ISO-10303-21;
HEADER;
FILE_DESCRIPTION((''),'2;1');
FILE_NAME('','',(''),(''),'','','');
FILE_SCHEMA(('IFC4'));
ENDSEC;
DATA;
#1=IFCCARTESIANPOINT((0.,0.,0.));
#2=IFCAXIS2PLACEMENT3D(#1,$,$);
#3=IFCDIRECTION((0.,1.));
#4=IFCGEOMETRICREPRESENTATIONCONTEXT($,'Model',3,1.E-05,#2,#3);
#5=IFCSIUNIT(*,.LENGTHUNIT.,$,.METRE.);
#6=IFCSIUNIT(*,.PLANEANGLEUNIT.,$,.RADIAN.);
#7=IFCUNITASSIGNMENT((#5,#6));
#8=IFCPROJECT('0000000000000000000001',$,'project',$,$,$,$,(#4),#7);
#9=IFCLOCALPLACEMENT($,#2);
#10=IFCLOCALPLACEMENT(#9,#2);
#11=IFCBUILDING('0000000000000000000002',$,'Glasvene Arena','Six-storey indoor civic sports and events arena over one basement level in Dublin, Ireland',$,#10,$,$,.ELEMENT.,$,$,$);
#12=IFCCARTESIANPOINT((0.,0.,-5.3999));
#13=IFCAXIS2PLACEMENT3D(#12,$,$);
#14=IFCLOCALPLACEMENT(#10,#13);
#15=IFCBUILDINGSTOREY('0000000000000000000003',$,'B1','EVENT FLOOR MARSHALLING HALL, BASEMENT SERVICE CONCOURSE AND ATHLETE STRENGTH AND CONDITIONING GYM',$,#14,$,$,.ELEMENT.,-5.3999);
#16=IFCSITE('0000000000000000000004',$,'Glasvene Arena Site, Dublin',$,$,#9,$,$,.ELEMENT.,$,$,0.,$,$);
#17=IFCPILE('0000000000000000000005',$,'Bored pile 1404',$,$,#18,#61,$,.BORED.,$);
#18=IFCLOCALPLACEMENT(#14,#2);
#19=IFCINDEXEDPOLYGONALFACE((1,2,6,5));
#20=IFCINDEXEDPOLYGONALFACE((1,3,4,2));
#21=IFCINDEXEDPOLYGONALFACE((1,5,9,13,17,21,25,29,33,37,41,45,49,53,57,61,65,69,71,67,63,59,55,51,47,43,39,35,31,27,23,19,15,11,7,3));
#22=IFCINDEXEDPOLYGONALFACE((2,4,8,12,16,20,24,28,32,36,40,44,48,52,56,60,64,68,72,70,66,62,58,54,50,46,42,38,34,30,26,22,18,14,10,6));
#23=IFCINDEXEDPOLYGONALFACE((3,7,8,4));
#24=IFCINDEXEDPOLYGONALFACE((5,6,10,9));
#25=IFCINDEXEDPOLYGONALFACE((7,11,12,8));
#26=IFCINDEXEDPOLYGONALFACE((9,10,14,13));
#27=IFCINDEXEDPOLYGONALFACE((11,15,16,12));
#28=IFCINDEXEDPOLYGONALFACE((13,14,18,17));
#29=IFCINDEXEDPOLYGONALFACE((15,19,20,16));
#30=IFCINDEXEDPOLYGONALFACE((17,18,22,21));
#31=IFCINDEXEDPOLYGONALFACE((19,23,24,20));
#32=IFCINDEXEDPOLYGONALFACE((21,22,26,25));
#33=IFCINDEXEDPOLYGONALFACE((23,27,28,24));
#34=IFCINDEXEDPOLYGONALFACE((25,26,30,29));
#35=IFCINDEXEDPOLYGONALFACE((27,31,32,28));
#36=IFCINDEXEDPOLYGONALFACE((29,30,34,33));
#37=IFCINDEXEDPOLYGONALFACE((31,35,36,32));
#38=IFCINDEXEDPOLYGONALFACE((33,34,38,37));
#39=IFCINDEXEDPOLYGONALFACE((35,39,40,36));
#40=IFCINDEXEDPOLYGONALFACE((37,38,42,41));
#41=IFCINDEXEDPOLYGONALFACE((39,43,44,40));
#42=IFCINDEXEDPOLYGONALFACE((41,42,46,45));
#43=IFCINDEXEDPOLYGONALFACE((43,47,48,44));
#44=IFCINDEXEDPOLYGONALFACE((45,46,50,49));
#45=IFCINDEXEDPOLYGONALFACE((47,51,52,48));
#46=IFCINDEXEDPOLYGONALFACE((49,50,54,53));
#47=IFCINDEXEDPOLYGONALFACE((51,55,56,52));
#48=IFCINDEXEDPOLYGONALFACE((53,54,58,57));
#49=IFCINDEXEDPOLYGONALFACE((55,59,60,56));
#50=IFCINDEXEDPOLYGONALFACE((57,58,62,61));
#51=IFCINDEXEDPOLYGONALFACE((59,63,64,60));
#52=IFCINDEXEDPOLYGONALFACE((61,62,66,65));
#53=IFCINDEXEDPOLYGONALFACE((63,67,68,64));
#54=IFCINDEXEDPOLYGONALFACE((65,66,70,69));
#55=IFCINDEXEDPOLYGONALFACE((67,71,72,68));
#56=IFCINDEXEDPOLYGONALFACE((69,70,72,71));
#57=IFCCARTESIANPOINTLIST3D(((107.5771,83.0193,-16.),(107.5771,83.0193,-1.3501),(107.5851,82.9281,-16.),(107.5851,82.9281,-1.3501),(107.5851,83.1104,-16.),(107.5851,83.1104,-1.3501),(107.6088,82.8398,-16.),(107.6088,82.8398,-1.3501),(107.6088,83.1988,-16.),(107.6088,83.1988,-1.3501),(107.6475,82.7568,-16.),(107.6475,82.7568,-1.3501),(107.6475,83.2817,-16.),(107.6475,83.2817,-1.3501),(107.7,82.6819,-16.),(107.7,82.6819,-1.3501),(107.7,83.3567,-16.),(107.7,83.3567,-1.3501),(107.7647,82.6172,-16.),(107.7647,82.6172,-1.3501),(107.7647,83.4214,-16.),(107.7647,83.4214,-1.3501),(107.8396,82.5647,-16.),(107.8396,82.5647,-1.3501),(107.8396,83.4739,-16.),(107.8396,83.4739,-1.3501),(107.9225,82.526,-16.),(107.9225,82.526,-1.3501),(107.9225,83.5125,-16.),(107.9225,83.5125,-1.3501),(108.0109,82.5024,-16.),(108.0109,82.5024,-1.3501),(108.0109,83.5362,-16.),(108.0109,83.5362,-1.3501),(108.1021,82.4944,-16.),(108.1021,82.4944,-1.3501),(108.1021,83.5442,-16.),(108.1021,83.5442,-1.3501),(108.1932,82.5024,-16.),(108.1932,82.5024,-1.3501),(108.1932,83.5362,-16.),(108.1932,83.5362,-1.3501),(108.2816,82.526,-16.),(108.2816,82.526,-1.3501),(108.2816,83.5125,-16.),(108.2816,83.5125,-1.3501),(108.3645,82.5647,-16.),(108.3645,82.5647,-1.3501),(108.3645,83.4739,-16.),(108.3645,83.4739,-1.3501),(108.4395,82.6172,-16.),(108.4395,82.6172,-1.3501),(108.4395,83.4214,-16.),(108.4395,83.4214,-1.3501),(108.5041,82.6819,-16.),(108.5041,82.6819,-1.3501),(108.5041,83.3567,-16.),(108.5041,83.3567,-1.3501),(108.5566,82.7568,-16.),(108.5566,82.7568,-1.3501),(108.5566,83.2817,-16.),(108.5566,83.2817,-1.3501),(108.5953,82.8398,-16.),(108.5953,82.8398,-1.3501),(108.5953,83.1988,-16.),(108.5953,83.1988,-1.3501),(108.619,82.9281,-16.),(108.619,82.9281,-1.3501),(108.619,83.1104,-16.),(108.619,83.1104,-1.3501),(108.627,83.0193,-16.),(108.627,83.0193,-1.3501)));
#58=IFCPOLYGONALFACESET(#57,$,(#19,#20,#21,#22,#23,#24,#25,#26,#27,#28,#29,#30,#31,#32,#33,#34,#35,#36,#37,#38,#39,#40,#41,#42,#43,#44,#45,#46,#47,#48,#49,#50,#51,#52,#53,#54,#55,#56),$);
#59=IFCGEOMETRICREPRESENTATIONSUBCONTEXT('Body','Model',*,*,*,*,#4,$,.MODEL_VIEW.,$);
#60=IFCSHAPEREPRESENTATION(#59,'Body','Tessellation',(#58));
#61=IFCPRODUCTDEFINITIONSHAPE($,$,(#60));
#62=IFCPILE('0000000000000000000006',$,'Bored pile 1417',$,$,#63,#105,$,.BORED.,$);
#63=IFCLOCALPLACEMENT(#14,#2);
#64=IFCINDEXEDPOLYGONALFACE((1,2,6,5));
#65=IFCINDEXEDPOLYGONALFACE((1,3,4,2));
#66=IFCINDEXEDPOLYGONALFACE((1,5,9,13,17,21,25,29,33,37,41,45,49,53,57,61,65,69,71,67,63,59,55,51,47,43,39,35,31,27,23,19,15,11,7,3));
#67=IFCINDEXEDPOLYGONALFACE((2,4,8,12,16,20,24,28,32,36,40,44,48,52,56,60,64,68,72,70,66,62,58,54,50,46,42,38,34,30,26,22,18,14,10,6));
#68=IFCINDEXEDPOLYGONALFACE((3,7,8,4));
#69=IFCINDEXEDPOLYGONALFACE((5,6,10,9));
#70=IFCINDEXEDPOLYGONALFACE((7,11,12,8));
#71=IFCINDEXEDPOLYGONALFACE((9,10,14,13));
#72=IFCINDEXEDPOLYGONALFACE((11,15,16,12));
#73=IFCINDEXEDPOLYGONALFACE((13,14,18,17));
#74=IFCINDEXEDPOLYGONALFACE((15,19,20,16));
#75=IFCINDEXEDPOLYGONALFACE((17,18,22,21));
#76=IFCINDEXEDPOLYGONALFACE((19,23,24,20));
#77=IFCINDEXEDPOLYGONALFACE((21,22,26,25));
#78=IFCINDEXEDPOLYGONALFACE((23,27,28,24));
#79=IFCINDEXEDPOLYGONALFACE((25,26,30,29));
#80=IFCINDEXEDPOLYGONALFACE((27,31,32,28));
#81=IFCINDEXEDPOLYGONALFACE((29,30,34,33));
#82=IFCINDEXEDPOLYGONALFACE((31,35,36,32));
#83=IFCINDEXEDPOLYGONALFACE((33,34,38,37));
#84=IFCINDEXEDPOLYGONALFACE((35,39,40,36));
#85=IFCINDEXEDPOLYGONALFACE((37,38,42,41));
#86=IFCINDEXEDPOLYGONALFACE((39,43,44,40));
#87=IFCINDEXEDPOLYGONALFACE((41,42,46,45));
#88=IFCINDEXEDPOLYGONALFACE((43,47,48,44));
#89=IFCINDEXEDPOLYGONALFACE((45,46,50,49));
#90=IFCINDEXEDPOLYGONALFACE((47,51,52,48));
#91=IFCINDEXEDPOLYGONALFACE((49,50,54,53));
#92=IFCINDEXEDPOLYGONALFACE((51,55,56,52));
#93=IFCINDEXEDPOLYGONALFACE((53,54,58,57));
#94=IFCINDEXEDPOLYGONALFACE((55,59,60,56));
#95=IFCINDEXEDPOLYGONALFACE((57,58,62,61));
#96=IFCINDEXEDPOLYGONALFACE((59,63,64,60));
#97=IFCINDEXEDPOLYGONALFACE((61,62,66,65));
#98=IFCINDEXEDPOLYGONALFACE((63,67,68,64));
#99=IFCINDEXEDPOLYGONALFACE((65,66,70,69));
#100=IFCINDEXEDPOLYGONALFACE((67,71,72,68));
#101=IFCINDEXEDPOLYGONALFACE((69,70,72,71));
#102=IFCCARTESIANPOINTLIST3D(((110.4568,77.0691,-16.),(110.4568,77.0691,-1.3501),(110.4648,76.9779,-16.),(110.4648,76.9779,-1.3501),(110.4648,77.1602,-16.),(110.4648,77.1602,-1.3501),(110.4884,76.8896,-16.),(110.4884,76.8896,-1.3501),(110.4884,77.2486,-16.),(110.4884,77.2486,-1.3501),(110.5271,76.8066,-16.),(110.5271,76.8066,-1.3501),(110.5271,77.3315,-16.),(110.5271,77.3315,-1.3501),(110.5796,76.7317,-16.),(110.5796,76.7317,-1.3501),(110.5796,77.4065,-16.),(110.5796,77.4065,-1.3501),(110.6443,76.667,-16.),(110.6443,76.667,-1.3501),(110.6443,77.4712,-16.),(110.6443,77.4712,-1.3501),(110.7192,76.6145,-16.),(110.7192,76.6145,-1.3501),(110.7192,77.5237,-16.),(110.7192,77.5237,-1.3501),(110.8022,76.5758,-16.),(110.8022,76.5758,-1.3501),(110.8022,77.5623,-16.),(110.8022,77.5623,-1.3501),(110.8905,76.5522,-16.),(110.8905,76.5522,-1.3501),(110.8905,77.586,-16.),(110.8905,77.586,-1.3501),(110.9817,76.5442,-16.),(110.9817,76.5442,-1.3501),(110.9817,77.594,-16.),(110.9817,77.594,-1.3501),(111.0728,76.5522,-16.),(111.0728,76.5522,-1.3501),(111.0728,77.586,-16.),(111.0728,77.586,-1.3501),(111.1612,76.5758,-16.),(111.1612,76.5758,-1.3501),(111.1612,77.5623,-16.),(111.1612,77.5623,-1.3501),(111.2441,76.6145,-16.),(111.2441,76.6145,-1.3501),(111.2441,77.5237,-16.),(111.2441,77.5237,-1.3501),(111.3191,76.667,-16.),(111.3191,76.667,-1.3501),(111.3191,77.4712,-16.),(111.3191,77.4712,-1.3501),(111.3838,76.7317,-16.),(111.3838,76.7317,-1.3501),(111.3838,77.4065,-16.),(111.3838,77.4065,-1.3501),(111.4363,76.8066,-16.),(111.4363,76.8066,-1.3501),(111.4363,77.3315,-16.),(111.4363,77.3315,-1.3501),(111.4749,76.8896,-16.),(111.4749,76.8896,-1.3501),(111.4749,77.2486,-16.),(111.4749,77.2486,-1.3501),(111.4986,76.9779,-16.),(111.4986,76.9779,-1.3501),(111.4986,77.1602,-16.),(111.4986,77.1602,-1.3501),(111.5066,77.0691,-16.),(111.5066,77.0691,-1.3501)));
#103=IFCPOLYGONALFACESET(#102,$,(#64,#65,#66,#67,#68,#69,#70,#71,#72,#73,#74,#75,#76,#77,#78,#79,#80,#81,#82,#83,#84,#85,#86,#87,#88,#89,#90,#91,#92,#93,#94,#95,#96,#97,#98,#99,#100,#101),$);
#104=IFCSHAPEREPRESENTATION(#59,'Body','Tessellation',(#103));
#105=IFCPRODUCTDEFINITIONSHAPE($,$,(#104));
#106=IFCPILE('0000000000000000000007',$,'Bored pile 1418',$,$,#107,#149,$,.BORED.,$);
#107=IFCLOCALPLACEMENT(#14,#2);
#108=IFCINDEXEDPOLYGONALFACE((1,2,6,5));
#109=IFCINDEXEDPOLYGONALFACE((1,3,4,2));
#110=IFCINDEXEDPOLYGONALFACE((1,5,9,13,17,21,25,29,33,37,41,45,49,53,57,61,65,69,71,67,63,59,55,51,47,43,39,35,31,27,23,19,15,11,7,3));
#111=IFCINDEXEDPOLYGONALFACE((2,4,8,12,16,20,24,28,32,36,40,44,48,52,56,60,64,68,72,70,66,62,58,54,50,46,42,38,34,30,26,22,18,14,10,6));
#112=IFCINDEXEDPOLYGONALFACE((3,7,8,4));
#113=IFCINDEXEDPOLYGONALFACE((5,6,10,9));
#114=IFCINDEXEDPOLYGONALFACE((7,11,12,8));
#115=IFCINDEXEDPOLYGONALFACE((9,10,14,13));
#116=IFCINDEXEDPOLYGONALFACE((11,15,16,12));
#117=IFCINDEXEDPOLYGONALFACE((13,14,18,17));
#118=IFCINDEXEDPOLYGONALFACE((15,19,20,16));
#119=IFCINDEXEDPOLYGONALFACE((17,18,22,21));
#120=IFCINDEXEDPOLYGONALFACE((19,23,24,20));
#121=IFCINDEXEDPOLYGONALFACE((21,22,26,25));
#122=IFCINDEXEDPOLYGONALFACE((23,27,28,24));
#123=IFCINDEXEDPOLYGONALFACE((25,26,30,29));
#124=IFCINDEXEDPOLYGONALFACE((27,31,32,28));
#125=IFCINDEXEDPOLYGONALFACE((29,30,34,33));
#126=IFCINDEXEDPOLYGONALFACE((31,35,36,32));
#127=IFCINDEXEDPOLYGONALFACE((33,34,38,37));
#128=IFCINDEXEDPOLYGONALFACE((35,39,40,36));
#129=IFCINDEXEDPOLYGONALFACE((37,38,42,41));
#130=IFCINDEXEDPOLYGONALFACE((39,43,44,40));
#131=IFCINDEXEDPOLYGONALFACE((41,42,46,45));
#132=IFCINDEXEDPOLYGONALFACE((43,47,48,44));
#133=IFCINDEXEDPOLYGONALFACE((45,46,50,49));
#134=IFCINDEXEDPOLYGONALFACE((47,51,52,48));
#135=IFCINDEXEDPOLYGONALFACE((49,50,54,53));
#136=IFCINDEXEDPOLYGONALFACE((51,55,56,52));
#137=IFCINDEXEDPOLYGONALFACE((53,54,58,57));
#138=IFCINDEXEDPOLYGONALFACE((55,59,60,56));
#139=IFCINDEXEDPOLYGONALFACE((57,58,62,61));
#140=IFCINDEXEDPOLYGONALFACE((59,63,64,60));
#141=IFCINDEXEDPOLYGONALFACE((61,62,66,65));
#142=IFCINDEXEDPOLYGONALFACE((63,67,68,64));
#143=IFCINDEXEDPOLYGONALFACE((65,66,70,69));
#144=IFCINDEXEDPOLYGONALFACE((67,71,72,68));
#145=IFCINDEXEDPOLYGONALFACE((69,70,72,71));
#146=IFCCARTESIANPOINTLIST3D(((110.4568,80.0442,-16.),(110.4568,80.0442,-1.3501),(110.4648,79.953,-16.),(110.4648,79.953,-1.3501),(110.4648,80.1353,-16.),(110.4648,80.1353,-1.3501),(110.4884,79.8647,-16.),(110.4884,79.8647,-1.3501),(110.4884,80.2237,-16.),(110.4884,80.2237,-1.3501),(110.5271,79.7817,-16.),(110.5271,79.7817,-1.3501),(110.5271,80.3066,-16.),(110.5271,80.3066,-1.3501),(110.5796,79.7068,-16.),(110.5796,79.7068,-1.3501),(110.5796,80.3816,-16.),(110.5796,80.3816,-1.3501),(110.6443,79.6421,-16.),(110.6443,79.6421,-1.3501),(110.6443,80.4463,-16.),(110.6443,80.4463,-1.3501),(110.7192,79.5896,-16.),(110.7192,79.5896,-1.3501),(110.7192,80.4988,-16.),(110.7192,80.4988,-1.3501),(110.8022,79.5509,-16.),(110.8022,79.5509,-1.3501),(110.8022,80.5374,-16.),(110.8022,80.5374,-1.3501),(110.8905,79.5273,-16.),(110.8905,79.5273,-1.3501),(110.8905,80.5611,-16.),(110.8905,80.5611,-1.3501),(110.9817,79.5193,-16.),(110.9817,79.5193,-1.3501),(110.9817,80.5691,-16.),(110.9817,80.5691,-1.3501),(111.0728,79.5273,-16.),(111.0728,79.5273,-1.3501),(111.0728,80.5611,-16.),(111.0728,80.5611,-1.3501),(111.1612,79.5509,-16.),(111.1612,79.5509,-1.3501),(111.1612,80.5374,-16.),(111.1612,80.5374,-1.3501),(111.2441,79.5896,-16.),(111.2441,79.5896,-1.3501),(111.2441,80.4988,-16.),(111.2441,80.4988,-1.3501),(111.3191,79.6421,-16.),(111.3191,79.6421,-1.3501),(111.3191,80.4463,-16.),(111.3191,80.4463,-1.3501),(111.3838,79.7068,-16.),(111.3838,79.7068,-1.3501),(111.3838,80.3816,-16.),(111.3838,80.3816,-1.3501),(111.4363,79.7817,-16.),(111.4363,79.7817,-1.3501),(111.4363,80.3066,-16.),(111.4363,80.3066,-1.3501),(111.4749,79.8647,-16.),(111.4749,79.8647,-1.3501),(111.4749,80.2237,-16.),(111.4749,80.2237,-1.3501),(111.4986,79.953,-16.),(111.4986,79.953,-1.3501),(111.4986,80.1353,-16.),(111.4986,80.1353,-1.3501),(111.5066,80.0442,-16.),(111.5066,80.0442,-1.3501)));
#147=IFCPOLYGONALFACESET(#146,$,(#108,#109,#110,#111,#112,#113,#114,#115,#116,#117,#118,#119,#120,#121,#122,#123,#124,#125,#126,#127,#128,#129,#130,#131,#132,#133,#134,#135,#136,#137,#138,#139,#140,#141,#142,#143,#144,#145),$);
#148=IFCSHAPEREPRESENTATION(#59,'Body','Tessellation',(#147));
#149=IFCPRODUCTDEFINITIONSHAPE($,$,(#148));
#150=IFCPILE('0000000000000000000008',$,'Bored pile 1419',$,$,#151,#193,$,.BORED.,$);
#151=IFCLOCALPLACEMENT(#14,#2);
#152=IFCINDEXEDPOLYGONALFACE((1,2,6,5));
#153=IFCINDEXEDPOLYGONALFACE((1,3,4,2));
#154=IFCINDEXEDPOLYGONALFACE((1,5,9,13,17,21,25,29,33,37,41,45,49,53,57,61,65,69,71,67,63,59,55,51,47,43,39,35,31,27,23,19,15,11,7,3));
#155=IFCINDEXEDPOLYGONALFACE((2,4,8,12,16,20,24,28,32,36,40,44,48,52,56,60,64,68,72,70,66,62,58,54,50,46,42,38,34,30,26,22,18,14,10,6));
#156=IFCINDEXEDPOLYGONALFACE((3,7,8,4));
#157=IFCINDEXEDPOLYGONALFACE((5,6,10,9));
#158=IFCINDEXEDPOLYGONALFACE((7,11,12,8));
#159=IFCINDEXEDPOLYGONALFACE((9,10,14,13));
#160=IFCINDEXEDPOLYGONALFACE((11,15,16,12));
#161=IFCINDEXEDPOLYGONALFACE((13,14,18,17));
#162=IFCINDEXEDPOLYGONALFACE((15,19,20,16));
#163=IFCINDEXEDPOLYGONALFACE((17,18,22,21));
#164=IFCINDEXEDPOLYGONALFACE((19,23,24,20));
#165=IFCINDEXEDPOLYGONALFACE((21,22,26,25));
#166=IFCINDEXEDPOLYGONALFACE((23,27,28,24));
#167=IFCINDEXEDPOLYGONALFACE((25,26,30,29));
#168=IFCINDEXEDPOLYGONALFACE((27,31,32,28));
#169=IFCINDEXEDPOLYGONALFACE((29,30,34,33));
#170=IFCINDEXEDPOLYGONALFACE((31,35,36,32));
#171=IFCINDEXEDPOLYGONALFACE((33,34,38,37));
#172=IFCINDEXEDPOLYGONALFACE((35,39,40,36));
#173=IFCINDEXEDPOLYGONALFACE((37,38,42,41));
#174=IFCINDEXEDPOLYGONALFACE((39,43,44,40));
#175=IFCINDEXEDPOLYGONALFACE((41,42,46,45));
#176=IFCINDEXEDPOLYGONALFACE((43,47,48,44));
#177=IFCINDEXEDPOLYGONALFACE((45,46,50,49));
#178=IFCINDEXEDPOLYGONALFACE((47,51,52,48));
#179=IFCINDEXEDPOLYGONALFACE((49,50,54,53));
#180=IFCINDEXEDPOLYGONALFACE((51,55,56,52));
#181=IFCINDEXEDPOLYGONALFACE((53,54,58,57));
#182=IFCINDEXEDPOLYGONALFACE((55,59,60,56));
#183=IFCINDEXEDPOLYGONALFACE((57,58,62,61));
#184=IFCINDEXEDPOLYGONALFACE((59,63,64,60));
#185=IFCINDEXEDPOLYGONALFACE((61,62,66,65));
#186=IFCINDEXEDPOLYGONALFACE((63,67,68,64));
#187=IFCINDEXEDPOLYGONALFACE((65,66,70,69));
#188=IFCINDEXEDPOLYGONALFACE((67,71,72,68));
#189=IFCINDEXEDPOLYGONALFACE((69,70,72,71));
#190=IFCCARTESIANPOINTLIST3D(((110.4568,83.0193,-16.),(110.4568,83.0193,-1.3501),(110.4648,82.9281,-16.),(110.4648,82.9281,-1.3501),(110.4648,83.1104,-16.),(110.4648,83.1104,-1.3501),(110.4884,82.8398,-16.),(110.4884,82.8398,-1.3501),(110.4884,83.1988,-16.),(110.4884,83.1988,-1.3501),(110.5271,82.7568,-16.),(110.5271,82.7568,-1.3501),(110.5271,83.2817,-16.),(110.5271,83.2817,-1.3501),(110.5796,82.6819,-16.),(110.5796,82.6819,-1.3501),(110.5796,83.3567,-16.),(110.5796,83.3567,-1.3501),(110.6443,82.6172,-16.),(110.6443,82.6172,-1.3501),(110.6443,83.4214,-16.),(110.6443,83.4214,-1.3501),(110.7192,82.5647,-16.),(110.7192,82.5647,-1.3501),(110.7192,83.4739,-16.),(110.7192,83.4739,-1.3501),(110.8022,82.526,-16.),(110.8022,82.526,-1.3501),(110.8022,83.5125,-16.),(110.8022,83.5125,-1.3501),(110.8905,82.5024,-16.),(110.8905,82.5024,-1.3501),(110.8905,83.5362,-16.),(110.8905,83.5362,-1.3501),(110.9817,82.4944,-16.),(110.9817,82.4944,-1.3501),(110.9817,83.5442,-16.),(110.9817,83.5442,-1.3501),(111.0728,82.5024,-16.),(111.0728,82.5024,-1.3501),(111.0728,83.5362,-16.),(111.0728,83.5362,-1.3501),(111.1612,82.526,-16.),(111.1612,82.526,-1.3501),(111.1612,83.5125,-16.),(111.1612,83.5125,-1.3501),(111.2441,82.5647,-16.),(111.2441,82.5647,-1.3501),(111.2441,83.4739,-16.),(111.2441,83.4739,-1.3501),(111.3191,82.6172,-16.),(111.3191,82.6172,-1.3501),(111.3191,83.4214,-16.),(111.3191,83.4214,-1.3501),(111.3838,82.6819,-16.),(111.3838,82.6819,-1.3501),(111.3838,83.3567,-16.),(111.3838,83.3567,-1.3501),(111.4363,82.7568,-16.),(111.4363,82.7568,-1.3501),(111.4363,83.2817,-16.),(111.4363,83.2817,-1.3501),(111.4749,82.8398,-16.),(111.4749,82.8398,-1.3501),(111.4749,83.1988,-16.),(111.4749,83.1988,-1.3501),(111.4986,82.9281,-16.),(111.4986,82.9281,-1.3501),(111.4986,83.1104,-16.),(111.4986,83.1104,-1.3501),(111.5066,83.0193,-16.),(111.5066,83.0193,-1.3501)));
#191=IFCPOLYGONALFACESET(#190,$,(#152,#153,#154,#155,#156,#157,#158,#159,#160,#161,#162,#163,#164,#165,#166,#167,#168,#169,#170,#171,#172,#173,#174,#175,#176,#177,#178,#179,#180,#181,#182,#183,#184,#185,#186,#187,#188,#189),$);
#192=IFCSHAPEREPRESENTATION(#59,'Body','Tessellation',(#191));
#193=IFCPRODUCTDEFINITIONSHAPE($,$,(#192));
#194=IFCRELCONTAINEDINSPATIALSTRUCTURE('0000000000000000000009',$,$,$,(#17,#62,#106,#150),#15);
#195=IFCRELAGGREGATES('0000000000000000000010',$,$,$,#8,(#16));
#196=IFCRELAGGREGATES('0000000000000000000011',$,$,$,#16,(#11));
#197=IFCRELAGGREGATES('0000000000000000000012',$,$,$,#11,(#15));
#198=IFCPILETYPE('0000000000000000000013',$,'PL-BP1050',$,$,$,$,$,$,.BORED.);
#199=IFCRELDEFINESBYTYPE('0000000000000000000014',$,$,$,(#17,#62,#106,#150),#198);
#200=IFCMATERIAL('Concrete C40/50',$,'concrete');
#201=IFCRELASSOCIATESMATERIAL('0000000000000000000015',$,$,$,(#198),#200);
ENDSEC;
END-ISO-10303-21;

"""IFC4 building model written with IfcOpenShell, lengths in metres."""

from ifc_helpers import new_model, si_unit, direction, frame, origin, origin_2d, place, context, subcontext, project, spatial, circle, extrude, material, material_profile, profile_set, type_object, element, save


model = new_model("IFC4")

# Units and contexts
model_context = context("Model", 3, precision=1e-05, world=origin(), true_north=direction((0.0, 1.0)))
body_context = subcontext(model_context, "Body", "Model", "MODEL_VIEW")
ifc_project = project(units=[si_unit("LENGTHUNIT", "METRE"), si_unit("PLANEANGLEUNIT", "RADIAN")], contexts=[model_context])

# Site, building, storey
site_placement = place(None, origin())
site = spatial("IfcSite", under=ifc_project, at=site_placement, Name="Glasvene Arena Site, Dublin", CompositionType="ELEMENT", RefElevation=0.0)
building_placement = place(site_placement, origin())
building = spatial("IfcBuilding", under=site, at=building_placement, Name="Glasvene Arena", Description="Six-storey indoor civic sports and events arena over one basement level in Dublin, Ireland", CompositionType="ELEMENT")
storey_placement = place(building_placement, frame((0.0, 0.0, -5.3999)))
storey = spatial("IfcBuildingStorey", under=building, at=storey_placement, Name="B1", Description="EVENT FLOOR MARSHALLING HALL, BASEMENT SERVICE CONCOURSE AND ATHLETE STRENGTH AND CONDITIONING GYM", CompositionType="ELEMENT", Elevation=-5.3999)

# Piles
ifc_material_1 = material(Name="Concrete C40/50", Category="concrete")
ifc_material_profile_1 = material_profile(ifc_material_1, circle(Radius=0.5249, at=origin_2d()), Name="BORED PILE 1050")
ifc_profile_set_1 = profile_set([ifc_material_profile_1], Name="Concrete C40/50")
pile_type = type_object("IfcPileType", Name="PL-BP1050", PredefinedType="BORED", material=ifc_profile_set_1)
for number, where, z_axis, x_axis, name in (
    (1, (108.1021, 83.0193, -1.3501), (0.0, 0.0, -1.0), (1.0, 0.0, 0.0), "Bored pile 1404"),
    (2, (110.9817, 77.0691, -1.3501), (0.0, 0.0, -1.0), (1.0, 0.0, 0.0), "Bored pile 1417"),
    (3, (110.9817, 80.0442, -1.3501), (0.0, 0.0, -1.0), (1.0, 0.0, 0.0), "Bored pile 1418"),
    (4, (110.9817, 83.0193, -1.3501), (0.0, 0.0, -1.0), (1.0, 0.0, 0.0), "Bored pile 1419"),
):
    element("IfcPile", number, at=place(storey_placement, frame(where, z_axis=z_axis, x_axis=x_axis)), inside=storey, type_object=pile_type, Name=name, PredefinedType="BORED", context=body_context, shape_type="SweptSolid", body=[
        extrude(circle(Radius=0.5249, at=origin_2d()), origin(), (0.0, 0.0, 1.0), 14.6499),
    ])

save(model, "model.ifc")
